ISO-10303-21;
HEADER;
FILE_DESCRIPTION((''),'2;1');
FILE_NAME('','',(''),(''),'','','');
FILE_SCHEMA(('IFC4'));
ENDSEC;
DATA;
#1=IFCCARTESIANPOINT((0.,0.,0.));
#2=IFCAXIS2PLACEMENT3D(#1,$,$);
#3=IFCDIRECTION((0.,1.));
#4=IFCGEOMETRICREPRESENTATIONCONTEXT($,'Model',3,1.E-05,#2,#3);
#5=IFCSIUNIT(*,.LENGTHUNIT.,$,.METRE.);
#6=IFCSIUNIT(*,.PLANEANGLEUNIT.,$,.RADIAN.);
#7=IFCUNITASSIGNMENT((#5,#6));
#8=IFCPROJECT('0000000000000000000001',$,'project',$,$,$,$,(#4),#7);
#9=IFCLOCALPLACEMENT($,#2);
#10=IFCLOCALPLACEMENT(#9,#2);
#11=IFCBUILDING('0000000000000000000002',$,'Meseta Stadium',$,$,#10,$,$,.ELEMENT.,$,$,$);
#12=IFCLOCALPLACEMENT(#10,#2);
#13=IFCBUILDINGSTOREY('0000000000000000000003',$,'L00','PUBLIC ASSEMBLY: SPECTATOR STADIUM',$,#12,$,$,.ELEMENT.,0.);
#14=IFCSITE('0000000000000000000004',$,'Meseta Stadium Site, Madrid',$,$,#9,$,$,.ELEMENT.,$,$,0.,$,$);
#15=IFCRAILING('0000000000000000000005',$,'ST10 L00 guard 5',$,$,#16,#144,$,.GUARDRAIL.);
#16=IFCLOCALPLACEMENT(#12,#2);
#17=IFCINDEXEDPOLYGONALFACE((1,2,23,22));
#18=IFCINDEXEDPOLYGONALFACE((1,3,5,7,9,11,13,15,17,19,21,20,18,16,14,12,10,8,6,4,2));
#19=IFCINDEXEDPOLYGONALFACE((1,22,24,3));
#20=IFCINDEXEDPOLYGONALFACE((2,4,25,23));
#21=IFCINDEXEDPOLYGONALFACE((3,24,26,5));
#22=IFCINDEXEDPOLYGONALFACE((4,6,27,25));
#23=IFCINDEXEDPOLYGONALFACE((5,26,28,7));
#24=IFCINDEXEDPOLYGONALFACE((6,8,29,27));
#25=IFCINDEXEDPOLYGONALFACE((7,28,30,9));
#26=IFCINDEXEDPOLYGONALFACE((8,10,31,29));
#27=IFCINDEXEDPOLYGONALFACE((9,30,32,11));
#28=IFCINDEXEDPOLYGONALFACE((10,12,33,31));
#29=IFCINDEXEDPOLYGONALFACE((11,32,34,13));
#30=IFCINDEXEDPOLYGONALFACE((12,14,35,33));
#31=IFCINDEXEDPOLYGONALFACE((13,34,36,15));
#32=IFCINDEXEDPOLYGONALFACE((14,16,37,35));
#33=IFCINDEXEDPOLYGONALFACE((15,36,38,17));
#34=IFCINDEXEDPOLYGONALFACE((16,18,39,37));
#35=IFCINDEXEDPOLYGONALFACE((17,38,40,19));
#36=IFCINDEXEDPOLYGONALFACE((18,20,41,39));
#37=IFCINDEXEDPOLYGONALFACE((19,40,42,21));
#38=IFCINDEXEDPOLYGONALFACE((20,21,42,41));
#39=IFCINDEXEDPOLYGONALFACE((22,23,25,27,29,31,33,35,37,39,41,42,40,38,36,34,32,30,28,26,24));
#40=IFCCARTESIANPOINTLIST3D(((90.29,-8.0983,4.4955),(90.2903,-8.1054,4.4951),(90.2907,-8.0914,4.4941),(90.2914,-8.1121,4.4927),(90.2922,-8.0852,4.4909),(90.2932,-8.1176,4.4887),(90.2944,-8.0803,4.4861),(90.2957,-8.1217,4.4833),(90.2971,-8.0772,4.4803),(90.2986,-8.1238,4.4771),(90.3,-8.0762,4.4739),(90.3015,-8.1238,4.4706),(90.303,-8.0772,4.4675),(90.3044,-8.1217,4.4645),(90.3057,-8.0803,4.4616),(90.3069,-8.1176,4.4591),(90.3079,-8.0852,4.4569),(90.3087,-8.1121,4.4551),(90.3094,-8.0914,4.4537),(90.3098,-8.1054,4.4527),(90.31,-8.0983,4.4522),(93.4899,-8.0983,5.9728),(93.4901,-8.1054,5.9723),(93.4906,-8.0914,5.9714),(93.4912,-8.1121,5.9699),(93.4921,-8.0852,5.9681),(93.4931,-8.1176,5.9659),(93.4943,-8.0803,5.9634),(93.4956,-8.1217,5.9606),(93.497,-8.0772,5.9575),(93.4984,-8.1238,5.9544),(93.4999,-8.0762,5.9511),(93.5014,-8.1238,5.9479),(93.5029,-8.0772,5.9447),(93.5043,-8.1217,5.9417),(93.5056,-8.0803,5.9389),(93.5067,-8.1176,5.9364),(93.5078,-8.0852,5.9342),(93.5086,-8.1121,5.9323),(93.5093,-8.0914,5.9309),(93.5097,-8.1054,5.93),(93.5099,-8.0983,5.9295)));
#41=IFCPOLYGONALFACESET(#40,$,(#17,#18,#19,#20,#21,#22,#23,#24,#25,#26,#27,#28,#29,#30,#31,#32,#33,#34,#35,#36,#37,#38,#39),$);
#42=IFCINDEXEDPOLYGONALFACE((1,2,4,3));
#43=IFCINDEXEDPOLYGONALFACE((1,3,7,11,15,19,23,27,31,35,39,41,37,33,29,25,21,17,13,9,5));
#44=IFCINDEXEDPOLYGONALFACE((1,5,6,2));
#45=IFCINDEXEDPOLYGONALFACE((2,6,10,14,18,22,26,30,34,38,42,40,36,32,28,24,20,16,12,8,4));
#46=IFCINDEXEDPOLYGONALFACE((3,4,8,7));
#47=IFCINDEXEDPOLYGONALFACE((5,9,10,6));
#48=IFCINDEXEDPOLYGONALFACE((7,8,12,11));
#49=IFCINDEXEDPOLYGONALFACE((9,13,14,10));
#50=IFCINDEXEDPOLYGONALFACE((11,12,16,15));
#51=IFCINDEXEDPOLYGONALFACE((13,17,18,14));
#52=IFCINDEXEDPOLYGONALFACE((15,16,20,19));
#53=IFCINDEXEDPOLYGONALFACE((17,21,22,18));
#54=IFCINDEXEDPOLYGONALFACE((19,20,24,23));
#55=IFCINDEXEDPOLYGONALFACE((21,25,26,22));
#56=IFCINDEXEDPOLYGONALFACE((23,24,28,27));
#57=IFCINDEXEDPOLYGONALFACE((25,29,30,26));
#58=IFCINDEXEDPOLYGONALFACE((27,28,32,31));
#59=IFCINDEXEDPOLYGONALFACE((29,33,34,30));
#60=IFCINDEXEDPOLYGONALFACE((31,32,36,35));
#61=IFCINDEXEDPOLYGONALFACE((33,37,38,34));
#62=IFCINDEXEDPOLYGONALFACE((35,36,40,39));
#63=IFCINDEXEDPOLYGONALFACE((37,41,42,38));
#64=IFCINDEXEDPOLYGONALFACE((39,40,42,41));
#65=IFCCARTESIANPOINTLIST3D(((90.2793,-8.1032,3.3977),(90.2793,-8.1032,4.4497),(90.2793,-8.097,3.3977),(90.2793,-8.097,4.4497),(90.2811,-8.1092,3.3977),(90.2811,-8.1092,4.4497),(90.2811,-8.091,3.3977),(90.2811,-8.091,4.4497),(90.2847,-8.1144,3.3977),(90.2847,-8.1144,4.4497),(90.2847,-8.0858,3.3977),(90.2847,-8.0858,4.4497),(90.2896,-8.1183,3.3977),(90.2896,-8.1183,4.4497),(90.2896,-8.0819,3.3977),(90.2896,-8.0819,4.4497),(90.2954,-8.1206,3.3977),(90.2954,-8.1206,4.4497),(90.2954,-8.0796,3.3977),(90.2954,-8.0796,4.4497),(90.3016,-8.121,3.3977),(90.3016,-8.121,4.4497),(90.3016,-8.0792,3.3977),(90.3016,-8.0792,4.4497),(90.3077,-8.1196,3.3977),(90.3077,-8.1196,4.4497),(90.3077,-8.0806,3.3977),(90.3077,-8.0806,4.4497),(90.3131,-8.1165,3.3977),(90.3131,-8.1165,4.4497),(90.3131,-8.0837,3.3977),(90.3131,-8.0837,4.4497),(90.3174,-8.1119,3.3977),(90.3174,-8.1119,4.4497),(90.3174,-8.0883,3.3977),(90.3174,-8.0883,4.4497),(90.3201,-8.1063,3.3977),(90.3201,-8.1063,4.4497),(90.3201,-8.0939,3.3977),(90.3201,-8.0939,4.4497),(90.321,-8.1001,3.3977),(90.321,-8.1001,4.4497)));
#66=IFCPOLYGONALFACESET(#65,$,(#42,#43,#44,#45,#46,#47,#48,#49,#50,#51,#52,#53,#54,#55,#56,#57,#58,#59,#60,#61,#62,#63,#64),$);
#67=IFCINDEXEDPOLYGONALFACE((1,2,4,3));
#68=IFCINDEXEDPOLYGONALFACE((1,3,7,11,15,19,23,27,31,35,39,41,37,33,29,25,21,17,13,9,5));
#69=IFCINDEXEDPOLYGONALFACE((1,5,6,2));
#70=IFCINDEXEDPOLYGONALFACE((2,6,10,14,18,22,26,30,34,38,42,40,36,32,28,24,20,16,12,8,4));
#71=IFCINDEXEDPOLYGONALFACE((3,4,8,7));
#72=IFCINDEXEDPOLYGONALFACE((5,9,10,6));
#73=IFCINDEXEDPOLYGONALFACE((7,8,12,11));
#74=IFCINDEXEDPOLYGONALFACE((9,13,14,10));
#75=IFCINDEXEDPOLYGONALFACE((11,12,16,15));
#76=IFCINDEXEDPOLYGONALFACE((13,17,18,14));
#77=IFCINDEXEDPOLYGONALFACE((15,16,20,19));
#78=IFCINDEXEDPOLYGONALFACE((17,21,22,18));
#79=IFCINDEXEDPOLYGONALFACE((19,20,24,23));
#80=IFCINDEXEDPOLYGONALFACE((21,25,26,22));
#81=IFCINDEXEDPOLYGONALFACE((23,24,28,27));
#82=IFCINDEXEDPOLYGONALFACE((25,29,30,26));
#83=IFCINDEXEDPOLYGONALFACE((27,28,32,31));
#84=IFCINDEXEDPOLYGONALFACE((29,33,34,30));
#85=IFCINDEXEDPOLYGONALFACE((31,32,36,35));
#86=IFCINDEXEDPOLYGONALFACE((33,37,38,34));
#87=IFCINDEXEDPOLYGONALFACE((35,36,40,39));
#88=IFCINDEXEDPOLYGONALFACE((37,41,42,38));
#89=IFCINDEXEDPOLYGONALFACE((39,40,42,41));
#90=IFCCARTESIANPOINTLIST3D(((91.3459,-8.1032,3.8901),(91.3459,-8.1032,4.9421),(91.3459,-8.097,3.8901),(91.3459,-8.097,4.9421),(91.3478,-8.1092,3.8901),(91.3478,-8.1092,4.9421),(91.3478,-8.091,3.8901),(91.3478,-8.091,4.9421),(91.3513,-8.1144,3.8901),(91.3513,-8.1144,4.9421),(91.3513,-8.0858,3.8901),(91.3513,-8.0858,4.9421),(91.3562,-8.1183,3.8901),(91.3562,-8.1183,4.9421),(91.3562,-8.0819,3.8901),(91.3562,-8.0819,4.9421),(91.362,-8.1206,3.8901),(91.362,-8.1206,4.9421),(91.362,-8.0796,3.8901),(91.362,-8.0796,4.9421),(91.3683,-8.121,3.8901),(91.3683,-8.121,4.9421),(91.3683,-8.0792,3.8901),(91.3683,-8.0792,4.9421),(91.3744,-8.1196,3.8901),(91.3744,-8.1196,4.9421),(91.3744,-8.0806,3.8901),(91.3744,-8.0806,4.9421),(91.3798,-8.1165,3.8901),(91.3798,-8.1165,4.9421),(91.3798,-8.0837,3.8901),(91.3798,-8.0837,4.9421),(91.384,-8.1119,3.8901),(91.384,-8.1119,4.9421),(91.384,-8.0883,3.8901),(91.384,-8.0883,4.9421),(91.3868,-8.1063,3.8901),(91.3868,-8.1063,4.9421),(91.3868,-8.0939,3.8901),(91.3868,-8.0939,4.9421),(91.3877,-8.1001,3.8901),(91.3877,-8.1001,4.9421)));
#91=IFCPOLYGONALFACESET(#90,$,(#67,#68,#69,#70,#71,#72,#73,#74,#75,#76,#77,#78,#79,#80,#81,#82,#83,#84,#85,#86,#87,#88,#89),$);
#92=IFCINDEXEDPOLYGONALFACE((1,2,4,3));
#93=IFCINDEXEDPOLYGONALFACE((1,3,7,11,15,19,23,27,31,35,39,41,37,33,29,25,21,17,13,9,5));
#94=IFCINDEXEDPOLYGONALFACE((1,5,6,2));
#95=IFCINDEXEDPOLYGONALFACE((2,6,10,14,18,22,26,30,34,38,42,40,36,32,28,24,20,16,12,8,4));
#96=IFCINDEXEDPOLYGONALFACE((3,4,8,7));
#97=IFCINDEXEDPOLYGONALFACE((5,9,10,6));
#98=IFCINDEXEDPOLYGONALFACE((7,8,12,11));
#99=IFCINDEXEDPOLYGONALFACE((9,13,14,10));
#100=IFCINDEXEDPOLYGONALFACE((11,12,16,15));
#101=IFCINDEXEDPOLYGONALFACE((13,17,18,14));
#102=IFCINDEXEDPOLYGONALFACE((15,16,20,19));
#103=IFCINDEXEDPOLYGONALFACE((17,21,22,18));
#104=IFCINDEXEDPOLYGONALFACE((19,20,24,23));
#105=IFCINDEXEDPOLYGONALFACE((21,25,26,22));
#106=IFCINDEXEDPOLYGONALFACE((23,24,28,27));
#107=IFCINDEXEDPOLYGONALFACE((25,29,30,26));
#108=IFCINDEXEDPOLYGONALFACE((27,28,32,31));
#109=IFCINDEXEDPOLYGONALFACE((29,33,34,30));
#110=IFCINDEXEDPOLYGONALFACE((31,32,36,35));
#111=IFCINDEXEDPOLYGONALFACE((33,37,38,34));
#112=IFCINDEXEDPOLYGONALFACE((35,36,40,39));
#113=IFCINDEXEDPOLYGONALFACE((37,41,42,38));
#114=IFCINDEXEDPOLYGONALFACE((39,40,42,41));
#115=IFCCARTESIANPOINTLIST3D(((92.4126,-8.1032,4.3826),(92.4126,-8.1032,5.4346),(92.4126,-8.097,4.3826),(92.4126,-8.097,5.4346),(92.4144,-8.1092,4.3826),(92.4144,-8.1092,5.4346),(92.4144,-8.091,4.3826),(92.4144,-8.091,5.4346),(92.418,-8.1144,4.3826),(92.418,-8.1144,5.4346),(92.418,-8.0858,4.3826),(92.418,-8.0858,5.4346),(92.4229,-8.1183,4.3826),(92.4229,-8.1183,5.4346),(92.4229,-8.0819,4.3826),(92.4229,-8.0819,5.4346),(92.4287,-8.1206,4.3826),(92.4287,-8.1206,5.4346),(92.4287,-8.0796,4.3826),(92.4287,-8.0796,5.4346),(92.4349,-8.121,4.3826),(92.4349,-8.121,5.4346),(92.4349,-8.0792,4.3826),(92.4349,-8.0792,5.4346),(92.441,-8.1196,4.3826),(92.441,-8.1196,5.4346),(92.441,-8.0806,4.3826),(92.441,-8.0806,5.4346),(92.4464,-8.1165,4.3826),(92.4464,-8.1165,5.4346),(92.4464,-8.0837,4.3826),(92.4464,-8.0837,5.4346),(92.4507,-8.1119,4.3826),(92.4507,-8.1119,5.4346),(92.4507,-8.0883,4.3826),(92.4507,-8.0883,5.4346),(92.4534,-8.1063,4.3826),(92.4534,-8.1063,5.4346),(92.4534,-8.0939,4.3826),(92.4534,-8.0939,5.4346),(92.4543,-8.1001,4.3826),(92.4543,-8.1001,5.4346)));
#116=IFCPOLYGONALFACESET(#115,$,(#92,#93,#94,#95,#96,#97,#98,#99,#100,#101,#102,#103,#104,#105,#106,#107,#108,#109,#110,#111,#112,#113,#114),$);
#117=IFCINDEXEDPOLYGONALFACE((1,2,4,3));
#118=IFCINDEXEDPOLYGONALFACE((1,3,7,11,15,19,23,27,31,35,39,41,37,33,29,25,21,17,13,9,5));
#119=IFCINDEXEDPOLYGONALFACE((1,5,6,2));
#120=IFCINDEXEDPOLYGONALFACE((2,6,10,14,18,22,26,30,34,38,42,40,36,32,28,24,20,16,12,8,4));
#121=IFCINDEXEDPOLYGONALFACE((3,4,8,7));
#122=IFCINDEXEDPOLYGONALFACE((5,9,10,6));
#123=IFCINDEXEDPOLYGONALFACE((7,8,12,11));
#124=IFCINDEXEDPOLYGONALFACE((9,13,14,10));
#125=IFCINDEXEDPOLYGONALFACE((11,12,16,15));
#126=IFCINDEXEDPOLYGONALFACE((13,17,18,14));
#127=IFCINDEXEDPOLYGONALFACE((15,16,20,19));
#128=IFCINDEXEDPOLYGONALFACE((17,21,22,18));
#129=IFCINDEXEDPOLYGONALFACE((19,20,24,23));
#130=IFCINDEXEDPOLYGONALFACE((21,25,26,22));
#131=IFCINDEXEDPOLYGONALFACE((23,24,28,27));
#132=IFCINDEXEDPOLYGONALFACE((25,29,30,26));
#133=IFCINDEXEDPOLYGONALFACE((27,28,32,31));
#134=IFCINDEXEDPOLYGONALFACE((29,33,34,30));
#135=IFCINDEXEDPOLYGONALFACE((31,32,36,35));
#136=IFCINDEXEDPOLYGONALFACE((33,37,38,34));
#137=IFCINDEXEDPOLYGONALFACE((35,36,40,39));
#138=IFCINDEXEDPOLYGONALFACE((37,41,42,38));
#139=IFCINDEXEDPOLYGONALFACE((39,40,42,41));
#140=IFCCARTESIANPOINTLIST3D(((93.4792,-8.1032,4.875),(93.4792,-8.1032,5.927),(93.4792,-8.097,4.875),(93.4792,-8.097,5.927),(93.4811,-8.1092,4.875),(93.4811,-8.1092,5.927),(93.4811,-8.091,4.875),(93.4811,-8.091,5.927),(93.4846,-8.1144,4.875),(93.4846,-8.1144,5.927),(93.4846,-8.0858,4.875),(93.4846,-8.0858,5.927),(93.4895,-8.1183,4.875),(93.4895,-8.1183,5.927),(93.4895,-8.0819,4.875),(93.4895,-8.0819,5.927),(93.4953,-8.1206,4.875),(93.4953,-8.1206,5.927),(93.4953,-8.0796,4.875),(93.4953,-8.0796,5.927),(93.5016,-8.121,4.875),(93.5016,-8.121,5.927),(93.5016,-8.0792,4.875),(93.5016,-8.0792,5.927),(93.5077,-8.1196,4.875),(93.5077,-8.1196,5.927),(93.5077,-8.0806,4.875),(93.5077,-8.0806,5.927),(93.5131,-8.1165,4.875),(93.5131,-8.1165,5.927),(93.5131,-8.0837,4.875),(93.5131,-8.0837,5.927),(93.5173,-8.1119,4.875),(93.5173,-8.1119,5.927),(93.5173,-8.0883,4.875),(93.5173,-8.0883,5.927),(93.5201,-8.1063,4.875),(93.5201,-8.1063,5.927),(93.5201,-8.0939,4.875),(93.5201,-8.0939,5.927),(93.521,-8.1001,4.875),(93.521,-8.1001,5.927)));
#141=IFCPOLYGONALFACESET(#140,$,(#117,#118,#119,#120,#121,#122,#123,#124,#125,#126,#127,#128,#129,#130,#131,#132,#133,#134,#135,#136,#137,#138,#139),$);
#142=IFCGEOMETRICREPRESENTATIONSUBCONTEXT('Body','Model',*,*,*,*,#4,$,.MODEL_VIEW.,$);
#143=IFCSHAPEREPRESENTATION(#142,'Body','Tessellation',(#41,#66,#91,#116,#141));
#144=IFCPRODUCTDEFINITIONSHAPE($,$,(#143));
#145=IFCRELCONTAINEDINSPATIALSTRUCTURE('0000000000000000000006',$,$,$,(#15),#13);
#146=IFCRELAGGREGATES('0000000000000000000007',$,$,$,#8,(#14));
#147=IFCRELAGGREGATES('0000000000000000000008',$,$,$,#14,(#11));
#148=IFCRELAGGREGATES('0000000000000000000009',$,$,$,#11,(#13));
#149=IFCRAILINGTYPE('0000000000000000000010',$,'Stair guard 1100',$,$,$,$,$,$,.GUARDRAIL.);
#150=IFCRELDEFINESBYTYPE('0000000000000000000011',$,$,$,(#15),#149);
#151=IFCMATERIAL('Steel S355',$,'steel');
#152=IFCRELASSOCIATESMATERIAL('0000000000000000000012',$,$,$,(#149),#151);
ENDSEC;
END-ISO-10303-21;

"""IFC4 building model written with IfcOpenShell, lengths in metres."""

from ifc_helpers import new_model, si_unit, direction, frame, origin, origin_2d, place, context, subcontext, project, spatial, circle, extrude, material, type_object, element, save


model = new_model("IFC4")

# Units and contexts
model_context = context("Model", 3, precision=1e-05, world=origin(), true_north=direction((0.0, 1.0)))
body_context = subcontext(model_context, "Body", "Model", "MODEL_VIEW")
ifc_project = project(units=[si_unit("LENGTHUNIT", "METRE"), si_unit("PLANEANGLEUNIT", "RADIAN")], contexts=[model_context])

# Site, building, storey
site_placement = place(None, origin())
site = spatial("IfcSite", under=ifc_project, at=site_placement, Name="Meseta Stadium Site, Madrid", CompositionType="ELEMENT", RefElevation=0.0)
building_placement = place(site_placement, origin())
building = spatial("IfcBuilding", under=site, at=building_placement, Name="Meseta Stadium", CompositionType="ELEMENT")
storey_placement = place(building_placement, origin())
storey = spatial("IfcBuildingStorey", under=building, at=storey_placement, Name="L00", Description="PUBLIC ASSEMBLY: SPECTATOR STADIUM", CompositionType="ELEMENT", Elevation=0.0)

# Railing
ifc_material_1 = material(Name="Steel S355", Category="steel")
railing_type_1 = type_object("IfcRailingType", Name="Stair guard 1100", PredefinedType="GUARDRAIL", material=ifc_material_1)
railing_1_placement = place(storey_placement, frame((90.3, -8.1001, 3.3977)))
element("IfcRailing", 1, at=railing_1_placement, inside=storey, type_object=railing_type_1, Name="ST10 L00 guard 5", PredefinedType="GUARDRAIL", context=body_context, shape_type="SweptSolid", body=[
    extrude(circle(Radius=0.0239, at=origin_2d()), frame((0.0, 0.0, 1.0762), z_axis=(0.907917, 0.0, 0.41915), x_axis=(0.0, 1.0, 0.0)), (0.0, 0.0, 1.0), 3.5244),
    extrude(circle(Radius=0.021, at=origin_2d()), origin(), (0.0, 0.0, 1.0), 1.052),
    extrude(circle(Radius=0.021, at=origin_2d()), frame((1.0667, 0.0, 0.4924)), (0.0, 0.0, 1.0), 1.052),
    extrude(circle(Radius=0.021, at=origin_2d()), frame((2.1333, 0.0, 0.9849)), (0.0, 0.0, 1.0), 1.052),
    extrude(circle(Radius=0.021, at=origin_2d()), frame((3.2, 0.0, 1.4773)), (0.0, 0.0, 1.0), 1.052),
])

save(model, "model.ifc")
